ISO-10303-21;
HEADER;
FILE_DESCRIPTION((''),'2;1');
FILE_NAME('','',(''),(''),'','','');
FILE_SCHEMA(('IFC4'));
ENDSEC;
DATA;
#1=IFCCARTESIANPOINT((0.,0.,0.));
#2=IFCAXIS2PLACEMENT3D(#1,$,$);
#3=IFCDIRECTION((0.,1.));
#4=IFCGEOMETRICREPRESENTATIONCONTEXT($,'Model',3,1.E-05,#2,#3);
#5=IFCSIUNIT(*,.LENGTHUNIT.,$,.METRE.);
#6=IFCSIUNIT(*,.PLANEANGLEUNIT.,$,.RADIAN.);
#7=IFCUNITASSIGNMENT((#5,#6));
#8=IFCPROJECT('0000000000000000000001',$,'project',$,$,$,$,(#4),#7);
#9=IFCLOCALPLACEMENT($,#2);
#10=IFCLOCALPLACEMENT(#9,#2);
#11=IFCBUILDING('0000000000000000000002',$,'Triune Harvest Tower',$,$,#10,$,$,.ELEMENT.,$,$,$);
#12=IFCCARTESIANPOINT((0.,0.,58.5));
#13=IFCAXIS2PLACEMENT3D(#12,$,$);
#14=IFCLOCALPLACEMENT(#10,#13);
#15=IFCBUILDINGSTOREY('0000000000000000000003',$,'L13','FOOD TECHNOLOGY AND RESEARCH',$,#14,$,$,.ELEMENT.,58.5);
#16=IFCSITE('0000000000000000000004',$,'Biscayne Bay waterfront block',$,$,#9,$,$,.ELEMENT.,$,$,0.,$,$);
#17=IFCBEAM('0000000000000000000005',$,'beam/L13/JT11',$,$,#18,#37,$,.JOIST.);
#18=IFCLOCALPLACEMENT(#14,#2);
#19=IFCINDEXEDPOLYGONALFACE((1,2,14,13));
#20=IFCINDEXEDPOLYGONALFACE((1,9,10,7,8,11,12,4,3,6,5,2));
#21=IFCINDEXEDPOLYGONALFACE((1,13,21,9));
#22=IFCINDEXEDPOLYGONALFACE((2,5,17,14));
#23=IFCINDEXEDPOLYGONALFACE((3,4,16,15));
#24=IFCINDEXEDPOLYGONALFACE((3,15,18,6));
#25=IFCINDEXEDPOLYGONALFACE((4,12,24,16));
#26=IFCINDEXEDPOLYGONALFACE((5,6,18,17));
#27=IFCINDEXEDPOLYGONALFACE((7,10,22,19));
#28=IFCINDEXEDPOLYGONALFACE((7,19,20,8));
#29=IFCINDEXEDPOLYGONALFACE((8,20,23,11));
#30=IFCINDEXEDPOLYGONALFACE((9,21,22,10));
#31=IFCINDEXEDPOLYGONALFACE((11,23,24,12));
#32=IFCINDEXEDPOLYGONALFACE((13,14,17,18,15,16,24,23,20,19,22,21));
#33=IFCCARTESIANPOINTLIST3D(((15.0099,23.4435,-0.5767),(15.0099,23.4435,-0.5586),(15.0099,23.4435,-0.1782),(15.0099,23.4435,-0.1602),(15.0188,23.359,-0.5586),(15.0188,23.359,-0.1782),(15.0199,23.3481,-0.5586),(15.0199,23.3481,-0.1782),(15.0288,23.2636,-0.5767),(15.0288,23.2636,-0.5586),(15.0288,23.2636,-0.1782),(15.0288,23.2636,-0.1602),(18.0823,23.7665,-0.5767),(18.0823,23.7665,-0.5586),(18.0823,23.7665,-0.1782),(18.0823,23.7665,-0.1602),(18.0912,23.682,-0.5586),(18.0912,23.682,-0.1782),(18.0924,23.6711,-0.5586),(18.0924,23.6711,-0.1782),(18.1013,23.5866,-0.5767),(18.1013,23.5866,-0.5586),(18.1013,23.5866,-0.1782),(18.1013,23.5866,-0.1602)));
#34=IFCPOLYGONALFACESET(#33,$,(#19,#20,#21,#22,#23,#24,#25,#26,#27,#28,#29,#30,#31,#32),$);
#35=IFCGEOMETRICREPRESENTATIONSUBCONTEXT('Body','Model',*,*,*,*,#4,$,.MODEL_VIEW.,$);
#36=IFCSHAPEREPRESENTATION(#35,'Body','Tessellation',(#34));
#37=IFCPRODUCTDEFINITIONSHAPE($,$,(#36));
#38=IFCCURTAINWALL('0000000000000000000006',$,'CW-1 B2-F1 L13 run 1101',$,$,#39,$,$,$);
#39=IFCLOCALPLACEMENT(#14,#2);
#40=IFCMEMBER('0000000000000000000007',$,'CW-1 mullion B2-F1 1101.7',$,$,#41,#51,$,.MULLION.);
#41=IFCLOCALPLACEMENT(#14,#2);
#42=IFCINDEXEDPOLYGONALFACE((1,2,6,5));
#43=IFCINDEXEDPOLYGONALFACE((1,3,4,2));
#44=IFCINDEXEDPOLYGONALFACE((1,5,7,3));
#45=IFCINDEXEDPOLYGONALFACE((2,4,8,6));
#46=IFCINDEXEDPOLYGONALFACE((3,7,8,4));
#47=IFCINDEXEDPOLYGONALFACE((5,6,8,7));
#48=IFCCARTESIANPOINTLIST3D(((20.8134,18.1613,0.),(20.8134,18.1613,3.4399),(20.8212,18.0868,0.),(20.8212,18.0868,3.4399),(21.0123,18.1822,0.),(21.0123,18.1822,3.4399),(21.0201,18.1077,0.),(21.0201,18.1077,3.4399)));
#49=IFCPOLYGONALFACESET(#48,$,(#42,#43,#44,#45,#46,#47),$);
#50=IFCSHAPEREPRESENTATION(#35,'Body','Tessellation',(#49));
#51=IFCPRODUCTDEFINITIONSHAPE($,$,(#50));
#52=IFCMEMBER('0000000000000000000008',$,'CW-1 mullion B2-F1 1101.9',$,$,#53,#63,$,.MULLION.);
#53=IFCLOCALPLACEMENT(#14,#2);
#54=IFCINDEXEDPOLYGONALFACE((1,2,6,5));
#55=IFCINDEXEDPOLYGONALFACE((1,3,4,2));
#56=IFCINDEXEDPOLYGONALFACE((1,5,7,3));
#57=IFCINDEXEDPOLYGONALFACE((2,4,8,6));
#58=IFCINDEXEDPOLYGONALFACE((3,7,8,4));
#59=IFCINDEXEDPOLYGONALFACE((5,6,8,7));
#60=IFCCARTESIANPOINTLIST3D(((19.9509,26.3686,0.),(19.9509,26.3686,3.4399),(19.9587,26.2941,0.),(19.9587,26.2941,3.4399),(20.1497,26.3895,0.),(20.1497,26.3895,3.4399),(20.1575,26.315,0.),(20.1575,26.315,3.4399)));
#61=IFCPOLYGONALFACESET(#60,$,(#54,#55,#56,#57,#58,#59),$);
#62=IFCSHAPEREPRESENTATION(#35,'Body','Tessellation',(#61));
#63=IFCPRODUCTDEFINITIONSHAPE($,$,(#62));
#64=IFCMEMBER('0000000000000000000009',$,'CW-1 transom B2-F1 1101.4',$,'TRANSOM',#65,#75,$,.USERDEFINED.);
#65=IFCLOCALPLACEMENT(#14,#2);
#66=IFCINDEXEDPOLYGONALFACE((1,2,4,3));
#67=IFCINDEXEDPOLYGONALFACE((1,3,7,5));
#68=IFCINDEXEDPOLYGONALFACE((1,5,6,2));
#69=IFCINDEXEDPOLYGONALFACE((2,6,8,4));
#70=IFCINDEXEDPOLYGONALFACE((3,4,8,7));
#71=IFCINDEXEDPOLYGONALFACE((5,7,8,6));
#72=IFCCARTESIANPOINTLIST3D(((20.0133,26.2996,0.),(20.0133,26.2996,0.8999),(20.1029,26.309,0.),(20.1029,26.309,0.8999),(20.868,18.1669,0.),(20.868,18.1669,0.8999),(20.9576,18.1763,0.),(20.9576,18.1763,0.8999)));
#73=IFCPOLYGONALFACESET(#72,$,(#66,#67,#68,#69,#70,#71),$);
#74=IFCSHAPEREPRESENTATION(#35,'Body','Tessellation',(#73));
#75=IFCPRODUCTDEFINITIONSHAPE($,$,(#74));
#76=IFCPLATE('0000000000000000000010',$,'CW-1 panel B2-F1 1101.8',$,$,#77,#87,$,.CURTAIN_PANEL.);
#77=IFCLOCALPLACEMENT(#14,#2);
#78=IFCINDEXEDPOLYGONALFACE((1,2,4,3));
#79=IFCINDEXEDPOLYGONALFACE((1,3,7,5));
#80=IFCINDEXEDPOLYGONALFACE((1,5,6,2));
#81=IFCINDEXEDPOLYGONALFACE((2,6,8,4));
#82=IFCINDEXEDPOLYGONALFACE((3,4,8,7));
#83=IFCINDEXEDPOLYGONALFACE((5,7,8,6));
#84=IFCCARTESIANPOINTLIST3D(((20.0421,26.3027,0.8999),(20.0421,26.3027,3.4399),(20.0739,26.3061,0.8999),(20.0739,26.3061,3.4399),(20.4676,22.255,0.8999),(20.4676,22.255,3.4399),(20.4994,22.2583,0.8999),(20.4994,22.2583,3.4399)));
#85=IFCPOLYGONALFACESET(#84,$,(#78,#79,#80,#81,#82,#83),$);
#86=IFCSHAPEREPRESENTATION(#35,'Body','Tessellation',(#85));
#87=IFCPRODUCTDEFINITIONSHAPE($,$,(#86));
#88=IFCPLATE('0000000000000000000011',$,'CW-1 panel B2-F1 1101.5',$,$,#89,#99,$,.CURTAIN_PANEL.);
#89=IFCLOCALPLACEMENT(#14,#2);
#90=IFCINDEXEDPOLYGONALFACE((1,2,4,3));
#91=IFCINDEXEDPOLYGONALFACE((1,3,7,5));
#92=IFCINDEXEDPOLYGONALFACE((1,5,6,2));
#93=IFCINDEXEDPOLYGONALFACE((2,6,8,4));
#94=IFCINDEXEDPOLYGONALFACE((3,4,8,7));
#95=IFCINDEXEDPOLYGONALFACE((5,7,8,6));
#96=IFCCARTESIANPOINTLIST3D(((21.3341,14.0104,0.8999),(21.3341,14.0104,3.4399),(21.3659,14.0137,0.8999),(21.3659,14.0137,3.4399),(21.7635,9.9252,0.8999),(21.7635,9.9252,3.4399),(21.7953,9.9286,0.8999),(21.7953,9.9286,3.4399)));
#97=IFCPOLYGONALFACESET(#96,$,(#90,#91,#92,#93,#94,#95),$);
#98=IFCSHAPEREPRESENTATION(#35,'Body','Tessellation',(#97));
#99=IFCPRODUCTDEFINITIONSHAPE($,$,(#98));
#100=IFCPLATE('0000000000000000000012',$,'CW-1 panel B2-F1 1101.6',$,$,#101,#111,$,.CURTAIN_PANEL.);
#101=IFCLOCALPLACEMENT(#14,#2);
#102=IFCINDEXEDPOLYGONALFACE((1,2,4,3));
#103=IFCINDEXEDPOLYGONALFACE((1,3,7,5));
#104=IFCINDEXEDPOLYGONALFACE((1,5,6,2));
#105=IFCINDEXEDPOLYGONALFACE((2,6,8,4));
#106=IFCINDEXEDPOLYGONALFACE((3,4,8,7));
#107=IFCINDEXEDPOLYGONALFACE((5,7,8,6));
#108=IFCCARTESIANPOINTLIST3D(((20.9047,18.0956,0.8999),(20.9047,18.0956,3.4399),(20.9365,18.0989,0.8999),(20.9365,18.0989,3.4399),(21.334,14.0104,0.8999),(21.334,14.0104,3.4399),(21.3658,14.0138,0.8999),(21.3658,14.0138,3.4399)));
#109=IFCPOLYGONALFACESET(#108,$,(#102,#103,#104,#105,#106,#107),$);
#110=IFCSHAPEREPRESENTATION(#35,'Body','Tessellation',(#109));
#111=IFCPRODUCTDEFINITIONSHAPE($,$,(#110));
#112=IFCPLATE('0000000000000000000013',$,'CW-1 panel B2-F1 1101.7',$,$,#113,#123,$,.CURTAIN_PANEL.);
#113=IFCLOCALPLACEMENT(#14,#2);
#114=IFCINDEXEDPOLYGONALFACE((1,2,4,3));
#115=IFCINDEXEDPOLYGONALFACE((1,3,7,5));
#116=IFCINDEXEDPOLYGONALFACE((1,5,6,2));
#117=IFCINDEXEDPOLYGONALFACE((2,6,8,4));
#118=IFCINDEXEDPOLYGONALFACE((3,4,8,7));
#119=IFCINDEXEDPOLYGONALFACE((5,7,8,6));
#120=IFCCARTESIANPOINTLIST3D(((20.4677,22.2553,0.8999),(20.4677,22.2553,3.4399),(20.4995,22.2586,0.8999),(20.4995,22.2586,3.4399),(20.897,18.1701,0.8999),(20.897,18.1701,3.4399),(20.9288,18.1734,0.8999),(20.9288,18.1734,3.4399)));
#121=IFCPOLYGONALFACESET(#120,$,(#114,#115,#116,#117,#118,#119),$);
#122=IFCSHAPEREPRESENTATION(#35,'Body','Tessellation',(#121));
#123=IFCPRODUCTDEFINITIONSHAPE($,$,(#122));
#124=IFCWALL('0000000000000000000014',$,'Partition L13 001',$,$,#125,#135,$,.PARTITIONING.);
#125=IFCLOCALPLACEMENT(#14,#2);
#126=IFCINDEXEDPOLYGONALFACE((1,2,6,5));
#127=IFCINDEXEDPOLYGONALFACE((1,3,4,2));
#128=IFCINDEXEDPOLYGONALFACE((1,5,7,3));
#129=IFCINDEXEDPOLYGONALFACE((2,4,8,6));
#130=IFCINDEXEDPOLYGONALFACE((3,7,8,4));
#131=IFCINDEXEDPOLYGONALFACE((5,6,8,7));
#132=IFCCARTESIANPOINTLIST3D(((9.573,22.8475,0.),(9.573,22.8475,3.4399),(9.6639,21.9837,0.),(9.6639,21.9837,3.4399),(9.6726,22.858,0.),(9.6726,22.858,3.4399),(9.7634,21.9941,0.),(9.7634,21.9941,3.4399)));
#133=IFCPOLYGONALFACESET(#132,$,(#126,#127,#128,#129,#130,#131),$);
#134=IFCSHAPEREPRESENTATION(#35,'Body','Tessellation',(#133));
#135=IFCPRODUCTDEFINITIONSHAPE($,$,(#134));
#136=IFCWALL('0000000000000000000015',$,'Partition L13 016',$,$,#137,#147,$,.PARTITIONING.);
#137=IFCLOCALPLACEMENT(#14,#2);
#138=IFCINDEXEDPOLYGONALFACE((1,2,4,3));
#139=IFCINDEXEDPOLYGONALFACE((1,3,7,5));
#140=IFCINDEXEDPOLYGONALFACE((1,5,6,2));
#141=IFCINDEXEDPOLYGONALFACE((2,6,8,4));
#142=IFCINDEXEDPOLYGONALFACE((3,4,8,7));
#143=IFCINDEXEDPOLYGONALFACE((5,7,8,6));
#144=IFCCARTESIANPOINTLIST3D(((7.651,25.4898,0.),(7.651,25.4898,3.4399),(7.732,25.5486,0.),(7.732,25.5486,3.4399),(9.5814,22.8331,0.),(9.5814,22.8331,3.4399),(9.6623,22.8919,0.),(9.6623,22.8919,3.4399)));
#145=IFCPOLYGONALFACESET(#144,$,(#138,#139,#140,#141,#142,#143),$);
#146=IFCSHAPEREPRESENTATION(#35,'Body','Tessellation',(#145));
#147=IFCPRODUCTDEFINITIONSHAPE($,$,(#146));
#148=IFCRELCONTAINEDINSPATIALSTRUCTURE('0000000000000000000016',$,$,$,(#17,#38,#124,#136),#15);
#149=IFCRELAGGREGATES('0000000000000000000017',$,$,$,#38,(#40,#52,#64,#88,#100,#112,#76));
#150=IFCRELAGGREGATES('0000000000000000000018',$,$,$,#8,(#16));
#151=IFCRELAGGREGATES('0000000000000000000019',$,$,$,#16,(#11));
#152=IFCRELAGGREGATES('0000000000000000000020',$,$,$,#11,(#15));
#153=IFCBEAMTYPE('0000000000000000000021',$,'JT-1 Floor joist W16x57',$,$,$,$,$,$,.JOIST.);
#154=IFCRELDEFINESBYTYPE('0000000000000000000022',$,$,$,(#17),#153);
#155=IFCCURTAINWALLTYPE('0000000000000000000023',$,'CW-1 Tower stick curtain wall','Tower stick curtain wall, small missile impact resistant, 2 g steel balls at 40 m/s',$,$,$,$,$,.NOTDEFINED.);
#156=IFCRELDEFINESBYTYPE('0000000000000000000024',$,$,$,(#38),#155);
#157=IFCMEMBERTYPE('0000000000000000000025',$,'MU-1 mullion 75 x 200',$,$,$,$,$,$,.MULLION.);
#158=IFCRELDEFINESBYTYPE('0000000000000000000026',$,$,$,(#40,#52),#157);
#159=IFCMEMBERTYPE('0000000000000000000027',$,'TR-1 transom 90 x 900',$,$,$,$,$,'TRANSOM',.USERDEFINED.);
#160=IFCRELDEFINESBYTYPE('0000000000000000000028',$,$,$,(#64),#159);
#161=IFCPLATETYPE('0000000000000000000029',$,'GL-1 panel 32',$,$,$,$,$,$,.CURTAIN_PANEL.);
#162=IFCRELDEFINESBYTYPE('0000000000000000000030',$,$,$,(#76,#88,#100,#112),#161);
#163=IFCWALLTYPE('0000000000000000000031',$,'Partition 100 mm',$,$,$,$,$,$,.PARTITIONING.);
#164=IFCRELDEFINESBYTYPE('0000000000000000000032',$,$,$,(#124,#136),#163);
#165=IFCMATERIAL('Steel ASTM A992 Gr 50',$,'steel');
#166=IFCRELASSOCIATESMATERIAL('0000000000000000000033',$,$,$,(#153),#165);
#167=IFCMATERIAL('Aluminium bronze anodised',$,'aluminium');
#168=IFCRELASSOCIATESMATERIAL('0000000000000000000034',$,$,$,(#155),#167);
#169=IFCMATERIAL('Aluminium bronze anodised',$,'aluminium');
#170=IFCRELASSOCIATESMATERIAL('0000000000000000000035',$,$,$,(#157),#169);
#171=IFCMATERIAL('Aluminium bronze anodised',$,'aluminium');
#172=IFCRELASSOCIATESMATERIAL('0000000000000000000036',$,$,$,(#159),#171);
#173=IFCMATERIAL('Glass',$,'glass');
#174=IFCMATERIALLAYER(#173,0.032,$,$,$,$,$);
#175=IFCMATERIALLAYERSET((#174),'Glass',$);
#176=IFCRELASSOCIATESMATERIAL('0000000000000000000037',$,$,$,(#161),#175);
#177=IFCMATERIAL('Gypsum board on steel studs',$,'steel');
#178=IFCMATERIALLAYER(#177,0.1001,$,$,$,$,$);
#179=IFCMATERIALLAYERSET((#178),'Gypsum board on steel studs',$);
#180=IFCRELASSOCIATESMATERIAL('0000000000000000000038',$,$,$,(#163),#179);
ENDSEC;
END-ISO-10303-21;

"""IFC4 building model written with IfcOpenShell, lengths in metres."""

from ifc_helpers import new_model, si_unit, direction, frame, frame_2d, origin, origin_2d, place, context, subcontext, project, spatial, rectangle, i_section, extrude, source, transform, mapped, material, layer, layer_set, material_profile, profile_set, type_object, element, aggregate, save


model = new_model("IFC4")

# Units and contexts
model_context = context("Model", 3, precision=1e-05, world=origin(), true_north=direction((0.0, 1.0)))
body_context = subcontext(model_context, "Body", "Model", "MODEL_VIEW")
ifc_project = project(units=[si_unit("LENGTHUNIT", "METRE"), si_unit("PLANEANGLEUNIT", "RADIAN")], contexts=[model_context])

# Site, building, storey
site_placement = place(None, origin())
site = spatial("IfcSite", under=ifc_project, at=site_placement, Name="Biscayne Bay waterfront block", CompositionType="ELEMENT", RefElevation=0.0)
building_placement = place(site_placement, origin())
building = spatial("IfcBuilding", under=site, at=building_placement, Name="Triune Harvest Tower", CompositionType="ELEMENT")
storey_placement = place(building_placement, frame((0.0, 0.0, 58.5)))
storey = spatial("IfcBuildingStorey", under=building, at=storey_placement, Name="L13", Description="FOOD TECHNOLOGY AND RESEARCH", CompositionType="ELEMENT", Elevation=58.5)

# Beam
ifc_material_1 = material(Name="Steel ASTM A992 Gr 50", Category="steel")
ifc_material_profile_1 = material_profile(ifc_material_1, i_section(OverallWidth=0.1809, OverallDepth=0.4165, WebThickness=0.011, FlangeThickness=0.0181, at=origin_2d()), Name="W16x57")
ifc_profile_set_1 = profile_set([ifc_material_profile_1], Name="Steel ASTM A992 Gr 50")
beam_type_1 = type_object("IfcBeamType", Name="JT-1 Floor joist W16x57", PredefinedType="JOIST", material=ifc_profile_set_1)
shared_shape_1 = source(origin(), body_context, "Body", "SweptSolid", [
    extrude(i_section(OverallWidth=0.1809, OverallDepth=0.4165, WebThickness=0.011, FlangeThickness=0.0181, at=origin_2d()), origin(), (0.0, 0.0, 1.0), 3.0894),
])
beam_1_placement = place(storey_placement, frame((18.0918, 23.6765, -0.3684), z_axis=(-0.99452, -0.104549, 0.0), x_axis=(0.104549, -0.99452, 0.0)))
element("IfcBeam", 1, at=beam_1_placement, inside=storey, type_object=beam_type_1, Name="beam/L13/JT11", PredefinedType="JOIST", context=body_context, shape_type="MappedRepresentation", body=[
    mapped(shared_shape_1, transform((0.0, 0.0, 0.0), scale=1.0)),
])

# Curtain wall, members, plates
ifc_material_2 = material(Name="Aluminium bronze anodised", Category="aluminium")
curtain_wall_type = type_object("IfcCurtainWallType", Name="CW-1 Tower stick curtain wall", Description="Tower stick curtain wall, small missile impact resistant, 2 g steel balls at 40 m/s", PredefinedType="NOTDEFINED", material=ifc_material_2)
curtain_wall_placement = place(storey_placement, origin())
curtain_wall = element("IfcCurtainWall", 2, at=curtain_wall_placement, inside=storey, type_object=curtain_wall_type, Name="CW-1 B2-F1 L13 run 1101")
ifc_material_3 = material(Name="Aluminium bronze anodised", Category="aluminium")
ifc_material_profile_2 = material_profile(ifc_material_3, rectangle(XDim=0.2, YDim=0.075, at=origin_2d()), Name="MU-1 mullion 75 x 200")
ifc_profile_set_2 = profile_set([ifc_material_profile_2], Name="Aluminium bronze anodised")
member_type_1 = type_object("IfcMemberType", Name="MU-1 mullion 75 x 200", PredefinedType="MULLION", material=ifc_profile_set_2)
shared_shape_2 = source(origin(), body_context, "Body", "SweptSolid", [
    extrude(rectangle(XDim=0.2, YDim=0.075, at=origin_2d()), origin(), (0.0, 0.0, 1.0), 3.4399),
])
member_1_placement = place(storey_placement, frame((20.9167, 18.1345, 0.0), z_axis=(0.0, 0.0, 1.0), x_axis=(-0.994522, -0.104528, 0.0)))
member_1 = element("IfcMember", 3, at=member_1_placement, type_object=member_type_1, Name="CW-1 mullion B2-F1 1101.7", PredefinedType="MULLION", context=body_context, shape_type="MappedRepresentation", body=[
    mapped(shared_shape_2, transform((0.0, 0.0, 0.0), scale=1.0)),
])
member_2_placement = place(storey_placement, frame((20.0542, 26.3418, 0.0), z_axis=(0.0, 0.0, 1.0), x_axis=(-0.994522, -0.104528, 0.0)))
member_2 = element("IfcMember", 4, at=member_2_placement, type_object=member_type_1, Name="CW-1 mullion B2-F1 1101.9", PredefinedType="MULLION", context=body_context, shape_type="MappedRepresentation", body=[
    mapped(shared_shape_2, transform((0.0, 0.0, 0.0), scale=1.0)),
])
ifc_material_4 = material(Name="Aluminium bronze anodised", Category="aluminium")
ifc_material_profile_3 = material_profile(ifc_material_4, rectangle(XDim=0.0901, YDim=0.8999, at=origin_2d()), Name="TR-1 transom 90 x 900")
ifc_profile_set_3 = profile_set([ifc_material_profile_3], Name="Aluminium bronze anodised")
member_type_2 = type_object("IfcMemberType", Name="TR-1 transom 90 x 900", ElementType="TRANSOM", PredefinedType="USERDEFINED", material=ifc_profile_set_3)
shared_shape_3 = source(origin(), body_context, "Body", "SweptSolid", [
    extrude(rectangle(XDim=0.0901, YDim=0.8999, at=origin_2d()), origin(), (0.0, 0.0, 1.0), 8.1775),
])
member_3_placement = place(storey_placement, frame((20.9128, 18.1716, 0.45), z_axis=(-0.104522, 0.994523, 0.0), x_axis=(-0.994523, -0.104522, 0.0)))
member_3 = element("IfcMember", 5, at=member_3_placement, type_object=member_type_2, Name="CW-1 transom B2-F1 1101.4", ObjectType="TRANSOM", PredefinedType="USERDEFINED", context=body_context, shape_type="MappedRepresentation", body=[
    mapped(shared_shape_3, transform((0.0, 0.0, 0.0), scale=1.0)),
])
ifc_material_5 = material(Name="Glass", Category="glass")
ifc_layer_1 = layer(ifc_material_5, 0.032)
ifc_layer_set_1 = layer_set([ifc_layer_1], Name="Glass")
plate_type = type_object("IfcPlateType", Name="GL-1 panel 32", PredefinedType="CURTAIN_PANEL", material=ifc_layer_set_1)
shared_shape_4 = source(origin(), body_context, "Body", "SweptSolid", [
    extrude(rectangle(XDim=4.0701, YDim=0.032, at=origin_2d()), origin(), (0.0, 0.0, 1.0), 2.54),
])
plate_1_placement = place(storey_placement, frame((20.2708, 24.2805, 0.8999), z_axis=(0.0, 0.0, 1.0), x_axis=(-0.104528, 0.994522, 0.0)))
plate_1 = element("IfcPlate", 6, at=plate_1_placement, type_object=plate_type, Name="CW-1 panel B2-F1 1101.8", PredefinedType="CURTAIN_PANEL", context=body_context, shape_type="MappedRepresentation", body=[
    mapped(shared_shape_4, transform((0.0, 0.0, 0.0), scale=1.0)),
])
shared_shape_5 = source(origin(), body_context, "Body", "SweptSolid", [
    extrude(rectangle(XDim=4.1077, YDim=0.032, at=origin_2d()), origin(), (0.0, 0.0, 1.0), 2.54),
])
plate_2_placement = place(storey_placement, frame((21.5647, 11.9695, 0.8999), z_axis=(0.0, 0.0, 1.0), x_axis=(-0.104528, 0.994522, 0.0)))
plate_2 = element("IfcPlate", 7, at=plate_2_placement, type_object=plate_type, Name="CW-1 panel B2-F1 1101.5", PredefinedType="CURTAIN_PANEL", context=body_context, shape_type="MappedRepresentation", body=[
    mapped(shared_shape_5, transform((0.0, 0.0, 0.0), scale=1.0)),
])
plate_3_placement = place(storey_placement, frame((21.1353, 16.0547, 0.8999), z_axis=(0.0, 0.0, 1.0), x_axis=(-0.104528, 0.994522, 0.0)))
plate_3 = element("IfcPlate", 8, at=plate_3_placement, type_object=plate_type, Name="CW-1 panel B2-F1 1101.6", PredefinedType="CURTAIN_PANEL", context=body_context, shape_type="MappedRepresentation", body=[
    mapped(shared_shape_5, transform((0.0, 0.0, 0.0), scale=1.0)),
])
plate_4_placement = place(storey_placement, frame((20.6982, 20.2144, 0.8999), z_axis=(0.0, 0.0, 1.0), x_axis=(-0.104528, 0.994522, 0.0)))
plate_4 = element("IfcPlate", 9, at=plate_4_placement, type_object=plate_type, Name="CW-1 panel B2-F1 1101.7", PredefinedType="CURTAIN_PANEL", context=body_context, shape_type="MappedRepresentation", body=[
    mapped(shared_shape_5, transform((0.0, 0.0, 0.0), scale=1.0)),
])
aggregate(curtain_wall, [member_1, member_2, member_3, plate_2, plate_3, plate_4, plate_1])

# Walls
ifc_material_6 = material(Name="Gypsum board on steel studs", Category="steel")
ifc_layer_2 = layer(ifc_material_6, 0.1001)
ifc_layer_set_2 = layer_set([ifc_layer_2], Name="Gypsum board on steel studs")
wall_type_1 = type_object("IfcWallType", Name="Partition 100 mm", PredefinedType="PARTITIONING", material=ifc_layer_set_2)
wall_1_placement = place(storey_placement, frame((9.6228, 22.8528, 0.0), z_axis=(0.0, 0.0, 1.0), x_axis=(0.104568, -0.994518, 0.0)))
element("IfcWall", 10, at=wall_1_placement, inside=storey, type_object=wall_type_1, Name="Partition L13 001", PredefinedType="PARTITIONING", context=body_context, shape_type="SweptSolid", body=[
    extrude(rectangle(XDim=0.8687, YDim=0.1001, at=frame_2d((0.4343, 0.0))), origin(), (0.0, 0.0, 1.0), 3.4399),
])
wall_2_placement = place(storey_placement, frame((7.6914, 25.5193, 0.0), z_axis=(0.0, 0.0, 1.0), x_axis=(0.587822, -0.80899, 0.0)))
element("IfcWall", 11, at=wall_2_placement, inside=storey, type_object=wall_type_1, Name="Partition L13 016", PredefinedType="PARTITIONING", context=body_context, shape_type="SweptSolid", body=[
    extrude(rectangle(XDim=3.2839, YDim=0.1001, at=frame_2d((1.6421, 0.0))), origin(), (0.0, 0.0, 1.0), 3.4399),
])

save(model, "model.ifc")
